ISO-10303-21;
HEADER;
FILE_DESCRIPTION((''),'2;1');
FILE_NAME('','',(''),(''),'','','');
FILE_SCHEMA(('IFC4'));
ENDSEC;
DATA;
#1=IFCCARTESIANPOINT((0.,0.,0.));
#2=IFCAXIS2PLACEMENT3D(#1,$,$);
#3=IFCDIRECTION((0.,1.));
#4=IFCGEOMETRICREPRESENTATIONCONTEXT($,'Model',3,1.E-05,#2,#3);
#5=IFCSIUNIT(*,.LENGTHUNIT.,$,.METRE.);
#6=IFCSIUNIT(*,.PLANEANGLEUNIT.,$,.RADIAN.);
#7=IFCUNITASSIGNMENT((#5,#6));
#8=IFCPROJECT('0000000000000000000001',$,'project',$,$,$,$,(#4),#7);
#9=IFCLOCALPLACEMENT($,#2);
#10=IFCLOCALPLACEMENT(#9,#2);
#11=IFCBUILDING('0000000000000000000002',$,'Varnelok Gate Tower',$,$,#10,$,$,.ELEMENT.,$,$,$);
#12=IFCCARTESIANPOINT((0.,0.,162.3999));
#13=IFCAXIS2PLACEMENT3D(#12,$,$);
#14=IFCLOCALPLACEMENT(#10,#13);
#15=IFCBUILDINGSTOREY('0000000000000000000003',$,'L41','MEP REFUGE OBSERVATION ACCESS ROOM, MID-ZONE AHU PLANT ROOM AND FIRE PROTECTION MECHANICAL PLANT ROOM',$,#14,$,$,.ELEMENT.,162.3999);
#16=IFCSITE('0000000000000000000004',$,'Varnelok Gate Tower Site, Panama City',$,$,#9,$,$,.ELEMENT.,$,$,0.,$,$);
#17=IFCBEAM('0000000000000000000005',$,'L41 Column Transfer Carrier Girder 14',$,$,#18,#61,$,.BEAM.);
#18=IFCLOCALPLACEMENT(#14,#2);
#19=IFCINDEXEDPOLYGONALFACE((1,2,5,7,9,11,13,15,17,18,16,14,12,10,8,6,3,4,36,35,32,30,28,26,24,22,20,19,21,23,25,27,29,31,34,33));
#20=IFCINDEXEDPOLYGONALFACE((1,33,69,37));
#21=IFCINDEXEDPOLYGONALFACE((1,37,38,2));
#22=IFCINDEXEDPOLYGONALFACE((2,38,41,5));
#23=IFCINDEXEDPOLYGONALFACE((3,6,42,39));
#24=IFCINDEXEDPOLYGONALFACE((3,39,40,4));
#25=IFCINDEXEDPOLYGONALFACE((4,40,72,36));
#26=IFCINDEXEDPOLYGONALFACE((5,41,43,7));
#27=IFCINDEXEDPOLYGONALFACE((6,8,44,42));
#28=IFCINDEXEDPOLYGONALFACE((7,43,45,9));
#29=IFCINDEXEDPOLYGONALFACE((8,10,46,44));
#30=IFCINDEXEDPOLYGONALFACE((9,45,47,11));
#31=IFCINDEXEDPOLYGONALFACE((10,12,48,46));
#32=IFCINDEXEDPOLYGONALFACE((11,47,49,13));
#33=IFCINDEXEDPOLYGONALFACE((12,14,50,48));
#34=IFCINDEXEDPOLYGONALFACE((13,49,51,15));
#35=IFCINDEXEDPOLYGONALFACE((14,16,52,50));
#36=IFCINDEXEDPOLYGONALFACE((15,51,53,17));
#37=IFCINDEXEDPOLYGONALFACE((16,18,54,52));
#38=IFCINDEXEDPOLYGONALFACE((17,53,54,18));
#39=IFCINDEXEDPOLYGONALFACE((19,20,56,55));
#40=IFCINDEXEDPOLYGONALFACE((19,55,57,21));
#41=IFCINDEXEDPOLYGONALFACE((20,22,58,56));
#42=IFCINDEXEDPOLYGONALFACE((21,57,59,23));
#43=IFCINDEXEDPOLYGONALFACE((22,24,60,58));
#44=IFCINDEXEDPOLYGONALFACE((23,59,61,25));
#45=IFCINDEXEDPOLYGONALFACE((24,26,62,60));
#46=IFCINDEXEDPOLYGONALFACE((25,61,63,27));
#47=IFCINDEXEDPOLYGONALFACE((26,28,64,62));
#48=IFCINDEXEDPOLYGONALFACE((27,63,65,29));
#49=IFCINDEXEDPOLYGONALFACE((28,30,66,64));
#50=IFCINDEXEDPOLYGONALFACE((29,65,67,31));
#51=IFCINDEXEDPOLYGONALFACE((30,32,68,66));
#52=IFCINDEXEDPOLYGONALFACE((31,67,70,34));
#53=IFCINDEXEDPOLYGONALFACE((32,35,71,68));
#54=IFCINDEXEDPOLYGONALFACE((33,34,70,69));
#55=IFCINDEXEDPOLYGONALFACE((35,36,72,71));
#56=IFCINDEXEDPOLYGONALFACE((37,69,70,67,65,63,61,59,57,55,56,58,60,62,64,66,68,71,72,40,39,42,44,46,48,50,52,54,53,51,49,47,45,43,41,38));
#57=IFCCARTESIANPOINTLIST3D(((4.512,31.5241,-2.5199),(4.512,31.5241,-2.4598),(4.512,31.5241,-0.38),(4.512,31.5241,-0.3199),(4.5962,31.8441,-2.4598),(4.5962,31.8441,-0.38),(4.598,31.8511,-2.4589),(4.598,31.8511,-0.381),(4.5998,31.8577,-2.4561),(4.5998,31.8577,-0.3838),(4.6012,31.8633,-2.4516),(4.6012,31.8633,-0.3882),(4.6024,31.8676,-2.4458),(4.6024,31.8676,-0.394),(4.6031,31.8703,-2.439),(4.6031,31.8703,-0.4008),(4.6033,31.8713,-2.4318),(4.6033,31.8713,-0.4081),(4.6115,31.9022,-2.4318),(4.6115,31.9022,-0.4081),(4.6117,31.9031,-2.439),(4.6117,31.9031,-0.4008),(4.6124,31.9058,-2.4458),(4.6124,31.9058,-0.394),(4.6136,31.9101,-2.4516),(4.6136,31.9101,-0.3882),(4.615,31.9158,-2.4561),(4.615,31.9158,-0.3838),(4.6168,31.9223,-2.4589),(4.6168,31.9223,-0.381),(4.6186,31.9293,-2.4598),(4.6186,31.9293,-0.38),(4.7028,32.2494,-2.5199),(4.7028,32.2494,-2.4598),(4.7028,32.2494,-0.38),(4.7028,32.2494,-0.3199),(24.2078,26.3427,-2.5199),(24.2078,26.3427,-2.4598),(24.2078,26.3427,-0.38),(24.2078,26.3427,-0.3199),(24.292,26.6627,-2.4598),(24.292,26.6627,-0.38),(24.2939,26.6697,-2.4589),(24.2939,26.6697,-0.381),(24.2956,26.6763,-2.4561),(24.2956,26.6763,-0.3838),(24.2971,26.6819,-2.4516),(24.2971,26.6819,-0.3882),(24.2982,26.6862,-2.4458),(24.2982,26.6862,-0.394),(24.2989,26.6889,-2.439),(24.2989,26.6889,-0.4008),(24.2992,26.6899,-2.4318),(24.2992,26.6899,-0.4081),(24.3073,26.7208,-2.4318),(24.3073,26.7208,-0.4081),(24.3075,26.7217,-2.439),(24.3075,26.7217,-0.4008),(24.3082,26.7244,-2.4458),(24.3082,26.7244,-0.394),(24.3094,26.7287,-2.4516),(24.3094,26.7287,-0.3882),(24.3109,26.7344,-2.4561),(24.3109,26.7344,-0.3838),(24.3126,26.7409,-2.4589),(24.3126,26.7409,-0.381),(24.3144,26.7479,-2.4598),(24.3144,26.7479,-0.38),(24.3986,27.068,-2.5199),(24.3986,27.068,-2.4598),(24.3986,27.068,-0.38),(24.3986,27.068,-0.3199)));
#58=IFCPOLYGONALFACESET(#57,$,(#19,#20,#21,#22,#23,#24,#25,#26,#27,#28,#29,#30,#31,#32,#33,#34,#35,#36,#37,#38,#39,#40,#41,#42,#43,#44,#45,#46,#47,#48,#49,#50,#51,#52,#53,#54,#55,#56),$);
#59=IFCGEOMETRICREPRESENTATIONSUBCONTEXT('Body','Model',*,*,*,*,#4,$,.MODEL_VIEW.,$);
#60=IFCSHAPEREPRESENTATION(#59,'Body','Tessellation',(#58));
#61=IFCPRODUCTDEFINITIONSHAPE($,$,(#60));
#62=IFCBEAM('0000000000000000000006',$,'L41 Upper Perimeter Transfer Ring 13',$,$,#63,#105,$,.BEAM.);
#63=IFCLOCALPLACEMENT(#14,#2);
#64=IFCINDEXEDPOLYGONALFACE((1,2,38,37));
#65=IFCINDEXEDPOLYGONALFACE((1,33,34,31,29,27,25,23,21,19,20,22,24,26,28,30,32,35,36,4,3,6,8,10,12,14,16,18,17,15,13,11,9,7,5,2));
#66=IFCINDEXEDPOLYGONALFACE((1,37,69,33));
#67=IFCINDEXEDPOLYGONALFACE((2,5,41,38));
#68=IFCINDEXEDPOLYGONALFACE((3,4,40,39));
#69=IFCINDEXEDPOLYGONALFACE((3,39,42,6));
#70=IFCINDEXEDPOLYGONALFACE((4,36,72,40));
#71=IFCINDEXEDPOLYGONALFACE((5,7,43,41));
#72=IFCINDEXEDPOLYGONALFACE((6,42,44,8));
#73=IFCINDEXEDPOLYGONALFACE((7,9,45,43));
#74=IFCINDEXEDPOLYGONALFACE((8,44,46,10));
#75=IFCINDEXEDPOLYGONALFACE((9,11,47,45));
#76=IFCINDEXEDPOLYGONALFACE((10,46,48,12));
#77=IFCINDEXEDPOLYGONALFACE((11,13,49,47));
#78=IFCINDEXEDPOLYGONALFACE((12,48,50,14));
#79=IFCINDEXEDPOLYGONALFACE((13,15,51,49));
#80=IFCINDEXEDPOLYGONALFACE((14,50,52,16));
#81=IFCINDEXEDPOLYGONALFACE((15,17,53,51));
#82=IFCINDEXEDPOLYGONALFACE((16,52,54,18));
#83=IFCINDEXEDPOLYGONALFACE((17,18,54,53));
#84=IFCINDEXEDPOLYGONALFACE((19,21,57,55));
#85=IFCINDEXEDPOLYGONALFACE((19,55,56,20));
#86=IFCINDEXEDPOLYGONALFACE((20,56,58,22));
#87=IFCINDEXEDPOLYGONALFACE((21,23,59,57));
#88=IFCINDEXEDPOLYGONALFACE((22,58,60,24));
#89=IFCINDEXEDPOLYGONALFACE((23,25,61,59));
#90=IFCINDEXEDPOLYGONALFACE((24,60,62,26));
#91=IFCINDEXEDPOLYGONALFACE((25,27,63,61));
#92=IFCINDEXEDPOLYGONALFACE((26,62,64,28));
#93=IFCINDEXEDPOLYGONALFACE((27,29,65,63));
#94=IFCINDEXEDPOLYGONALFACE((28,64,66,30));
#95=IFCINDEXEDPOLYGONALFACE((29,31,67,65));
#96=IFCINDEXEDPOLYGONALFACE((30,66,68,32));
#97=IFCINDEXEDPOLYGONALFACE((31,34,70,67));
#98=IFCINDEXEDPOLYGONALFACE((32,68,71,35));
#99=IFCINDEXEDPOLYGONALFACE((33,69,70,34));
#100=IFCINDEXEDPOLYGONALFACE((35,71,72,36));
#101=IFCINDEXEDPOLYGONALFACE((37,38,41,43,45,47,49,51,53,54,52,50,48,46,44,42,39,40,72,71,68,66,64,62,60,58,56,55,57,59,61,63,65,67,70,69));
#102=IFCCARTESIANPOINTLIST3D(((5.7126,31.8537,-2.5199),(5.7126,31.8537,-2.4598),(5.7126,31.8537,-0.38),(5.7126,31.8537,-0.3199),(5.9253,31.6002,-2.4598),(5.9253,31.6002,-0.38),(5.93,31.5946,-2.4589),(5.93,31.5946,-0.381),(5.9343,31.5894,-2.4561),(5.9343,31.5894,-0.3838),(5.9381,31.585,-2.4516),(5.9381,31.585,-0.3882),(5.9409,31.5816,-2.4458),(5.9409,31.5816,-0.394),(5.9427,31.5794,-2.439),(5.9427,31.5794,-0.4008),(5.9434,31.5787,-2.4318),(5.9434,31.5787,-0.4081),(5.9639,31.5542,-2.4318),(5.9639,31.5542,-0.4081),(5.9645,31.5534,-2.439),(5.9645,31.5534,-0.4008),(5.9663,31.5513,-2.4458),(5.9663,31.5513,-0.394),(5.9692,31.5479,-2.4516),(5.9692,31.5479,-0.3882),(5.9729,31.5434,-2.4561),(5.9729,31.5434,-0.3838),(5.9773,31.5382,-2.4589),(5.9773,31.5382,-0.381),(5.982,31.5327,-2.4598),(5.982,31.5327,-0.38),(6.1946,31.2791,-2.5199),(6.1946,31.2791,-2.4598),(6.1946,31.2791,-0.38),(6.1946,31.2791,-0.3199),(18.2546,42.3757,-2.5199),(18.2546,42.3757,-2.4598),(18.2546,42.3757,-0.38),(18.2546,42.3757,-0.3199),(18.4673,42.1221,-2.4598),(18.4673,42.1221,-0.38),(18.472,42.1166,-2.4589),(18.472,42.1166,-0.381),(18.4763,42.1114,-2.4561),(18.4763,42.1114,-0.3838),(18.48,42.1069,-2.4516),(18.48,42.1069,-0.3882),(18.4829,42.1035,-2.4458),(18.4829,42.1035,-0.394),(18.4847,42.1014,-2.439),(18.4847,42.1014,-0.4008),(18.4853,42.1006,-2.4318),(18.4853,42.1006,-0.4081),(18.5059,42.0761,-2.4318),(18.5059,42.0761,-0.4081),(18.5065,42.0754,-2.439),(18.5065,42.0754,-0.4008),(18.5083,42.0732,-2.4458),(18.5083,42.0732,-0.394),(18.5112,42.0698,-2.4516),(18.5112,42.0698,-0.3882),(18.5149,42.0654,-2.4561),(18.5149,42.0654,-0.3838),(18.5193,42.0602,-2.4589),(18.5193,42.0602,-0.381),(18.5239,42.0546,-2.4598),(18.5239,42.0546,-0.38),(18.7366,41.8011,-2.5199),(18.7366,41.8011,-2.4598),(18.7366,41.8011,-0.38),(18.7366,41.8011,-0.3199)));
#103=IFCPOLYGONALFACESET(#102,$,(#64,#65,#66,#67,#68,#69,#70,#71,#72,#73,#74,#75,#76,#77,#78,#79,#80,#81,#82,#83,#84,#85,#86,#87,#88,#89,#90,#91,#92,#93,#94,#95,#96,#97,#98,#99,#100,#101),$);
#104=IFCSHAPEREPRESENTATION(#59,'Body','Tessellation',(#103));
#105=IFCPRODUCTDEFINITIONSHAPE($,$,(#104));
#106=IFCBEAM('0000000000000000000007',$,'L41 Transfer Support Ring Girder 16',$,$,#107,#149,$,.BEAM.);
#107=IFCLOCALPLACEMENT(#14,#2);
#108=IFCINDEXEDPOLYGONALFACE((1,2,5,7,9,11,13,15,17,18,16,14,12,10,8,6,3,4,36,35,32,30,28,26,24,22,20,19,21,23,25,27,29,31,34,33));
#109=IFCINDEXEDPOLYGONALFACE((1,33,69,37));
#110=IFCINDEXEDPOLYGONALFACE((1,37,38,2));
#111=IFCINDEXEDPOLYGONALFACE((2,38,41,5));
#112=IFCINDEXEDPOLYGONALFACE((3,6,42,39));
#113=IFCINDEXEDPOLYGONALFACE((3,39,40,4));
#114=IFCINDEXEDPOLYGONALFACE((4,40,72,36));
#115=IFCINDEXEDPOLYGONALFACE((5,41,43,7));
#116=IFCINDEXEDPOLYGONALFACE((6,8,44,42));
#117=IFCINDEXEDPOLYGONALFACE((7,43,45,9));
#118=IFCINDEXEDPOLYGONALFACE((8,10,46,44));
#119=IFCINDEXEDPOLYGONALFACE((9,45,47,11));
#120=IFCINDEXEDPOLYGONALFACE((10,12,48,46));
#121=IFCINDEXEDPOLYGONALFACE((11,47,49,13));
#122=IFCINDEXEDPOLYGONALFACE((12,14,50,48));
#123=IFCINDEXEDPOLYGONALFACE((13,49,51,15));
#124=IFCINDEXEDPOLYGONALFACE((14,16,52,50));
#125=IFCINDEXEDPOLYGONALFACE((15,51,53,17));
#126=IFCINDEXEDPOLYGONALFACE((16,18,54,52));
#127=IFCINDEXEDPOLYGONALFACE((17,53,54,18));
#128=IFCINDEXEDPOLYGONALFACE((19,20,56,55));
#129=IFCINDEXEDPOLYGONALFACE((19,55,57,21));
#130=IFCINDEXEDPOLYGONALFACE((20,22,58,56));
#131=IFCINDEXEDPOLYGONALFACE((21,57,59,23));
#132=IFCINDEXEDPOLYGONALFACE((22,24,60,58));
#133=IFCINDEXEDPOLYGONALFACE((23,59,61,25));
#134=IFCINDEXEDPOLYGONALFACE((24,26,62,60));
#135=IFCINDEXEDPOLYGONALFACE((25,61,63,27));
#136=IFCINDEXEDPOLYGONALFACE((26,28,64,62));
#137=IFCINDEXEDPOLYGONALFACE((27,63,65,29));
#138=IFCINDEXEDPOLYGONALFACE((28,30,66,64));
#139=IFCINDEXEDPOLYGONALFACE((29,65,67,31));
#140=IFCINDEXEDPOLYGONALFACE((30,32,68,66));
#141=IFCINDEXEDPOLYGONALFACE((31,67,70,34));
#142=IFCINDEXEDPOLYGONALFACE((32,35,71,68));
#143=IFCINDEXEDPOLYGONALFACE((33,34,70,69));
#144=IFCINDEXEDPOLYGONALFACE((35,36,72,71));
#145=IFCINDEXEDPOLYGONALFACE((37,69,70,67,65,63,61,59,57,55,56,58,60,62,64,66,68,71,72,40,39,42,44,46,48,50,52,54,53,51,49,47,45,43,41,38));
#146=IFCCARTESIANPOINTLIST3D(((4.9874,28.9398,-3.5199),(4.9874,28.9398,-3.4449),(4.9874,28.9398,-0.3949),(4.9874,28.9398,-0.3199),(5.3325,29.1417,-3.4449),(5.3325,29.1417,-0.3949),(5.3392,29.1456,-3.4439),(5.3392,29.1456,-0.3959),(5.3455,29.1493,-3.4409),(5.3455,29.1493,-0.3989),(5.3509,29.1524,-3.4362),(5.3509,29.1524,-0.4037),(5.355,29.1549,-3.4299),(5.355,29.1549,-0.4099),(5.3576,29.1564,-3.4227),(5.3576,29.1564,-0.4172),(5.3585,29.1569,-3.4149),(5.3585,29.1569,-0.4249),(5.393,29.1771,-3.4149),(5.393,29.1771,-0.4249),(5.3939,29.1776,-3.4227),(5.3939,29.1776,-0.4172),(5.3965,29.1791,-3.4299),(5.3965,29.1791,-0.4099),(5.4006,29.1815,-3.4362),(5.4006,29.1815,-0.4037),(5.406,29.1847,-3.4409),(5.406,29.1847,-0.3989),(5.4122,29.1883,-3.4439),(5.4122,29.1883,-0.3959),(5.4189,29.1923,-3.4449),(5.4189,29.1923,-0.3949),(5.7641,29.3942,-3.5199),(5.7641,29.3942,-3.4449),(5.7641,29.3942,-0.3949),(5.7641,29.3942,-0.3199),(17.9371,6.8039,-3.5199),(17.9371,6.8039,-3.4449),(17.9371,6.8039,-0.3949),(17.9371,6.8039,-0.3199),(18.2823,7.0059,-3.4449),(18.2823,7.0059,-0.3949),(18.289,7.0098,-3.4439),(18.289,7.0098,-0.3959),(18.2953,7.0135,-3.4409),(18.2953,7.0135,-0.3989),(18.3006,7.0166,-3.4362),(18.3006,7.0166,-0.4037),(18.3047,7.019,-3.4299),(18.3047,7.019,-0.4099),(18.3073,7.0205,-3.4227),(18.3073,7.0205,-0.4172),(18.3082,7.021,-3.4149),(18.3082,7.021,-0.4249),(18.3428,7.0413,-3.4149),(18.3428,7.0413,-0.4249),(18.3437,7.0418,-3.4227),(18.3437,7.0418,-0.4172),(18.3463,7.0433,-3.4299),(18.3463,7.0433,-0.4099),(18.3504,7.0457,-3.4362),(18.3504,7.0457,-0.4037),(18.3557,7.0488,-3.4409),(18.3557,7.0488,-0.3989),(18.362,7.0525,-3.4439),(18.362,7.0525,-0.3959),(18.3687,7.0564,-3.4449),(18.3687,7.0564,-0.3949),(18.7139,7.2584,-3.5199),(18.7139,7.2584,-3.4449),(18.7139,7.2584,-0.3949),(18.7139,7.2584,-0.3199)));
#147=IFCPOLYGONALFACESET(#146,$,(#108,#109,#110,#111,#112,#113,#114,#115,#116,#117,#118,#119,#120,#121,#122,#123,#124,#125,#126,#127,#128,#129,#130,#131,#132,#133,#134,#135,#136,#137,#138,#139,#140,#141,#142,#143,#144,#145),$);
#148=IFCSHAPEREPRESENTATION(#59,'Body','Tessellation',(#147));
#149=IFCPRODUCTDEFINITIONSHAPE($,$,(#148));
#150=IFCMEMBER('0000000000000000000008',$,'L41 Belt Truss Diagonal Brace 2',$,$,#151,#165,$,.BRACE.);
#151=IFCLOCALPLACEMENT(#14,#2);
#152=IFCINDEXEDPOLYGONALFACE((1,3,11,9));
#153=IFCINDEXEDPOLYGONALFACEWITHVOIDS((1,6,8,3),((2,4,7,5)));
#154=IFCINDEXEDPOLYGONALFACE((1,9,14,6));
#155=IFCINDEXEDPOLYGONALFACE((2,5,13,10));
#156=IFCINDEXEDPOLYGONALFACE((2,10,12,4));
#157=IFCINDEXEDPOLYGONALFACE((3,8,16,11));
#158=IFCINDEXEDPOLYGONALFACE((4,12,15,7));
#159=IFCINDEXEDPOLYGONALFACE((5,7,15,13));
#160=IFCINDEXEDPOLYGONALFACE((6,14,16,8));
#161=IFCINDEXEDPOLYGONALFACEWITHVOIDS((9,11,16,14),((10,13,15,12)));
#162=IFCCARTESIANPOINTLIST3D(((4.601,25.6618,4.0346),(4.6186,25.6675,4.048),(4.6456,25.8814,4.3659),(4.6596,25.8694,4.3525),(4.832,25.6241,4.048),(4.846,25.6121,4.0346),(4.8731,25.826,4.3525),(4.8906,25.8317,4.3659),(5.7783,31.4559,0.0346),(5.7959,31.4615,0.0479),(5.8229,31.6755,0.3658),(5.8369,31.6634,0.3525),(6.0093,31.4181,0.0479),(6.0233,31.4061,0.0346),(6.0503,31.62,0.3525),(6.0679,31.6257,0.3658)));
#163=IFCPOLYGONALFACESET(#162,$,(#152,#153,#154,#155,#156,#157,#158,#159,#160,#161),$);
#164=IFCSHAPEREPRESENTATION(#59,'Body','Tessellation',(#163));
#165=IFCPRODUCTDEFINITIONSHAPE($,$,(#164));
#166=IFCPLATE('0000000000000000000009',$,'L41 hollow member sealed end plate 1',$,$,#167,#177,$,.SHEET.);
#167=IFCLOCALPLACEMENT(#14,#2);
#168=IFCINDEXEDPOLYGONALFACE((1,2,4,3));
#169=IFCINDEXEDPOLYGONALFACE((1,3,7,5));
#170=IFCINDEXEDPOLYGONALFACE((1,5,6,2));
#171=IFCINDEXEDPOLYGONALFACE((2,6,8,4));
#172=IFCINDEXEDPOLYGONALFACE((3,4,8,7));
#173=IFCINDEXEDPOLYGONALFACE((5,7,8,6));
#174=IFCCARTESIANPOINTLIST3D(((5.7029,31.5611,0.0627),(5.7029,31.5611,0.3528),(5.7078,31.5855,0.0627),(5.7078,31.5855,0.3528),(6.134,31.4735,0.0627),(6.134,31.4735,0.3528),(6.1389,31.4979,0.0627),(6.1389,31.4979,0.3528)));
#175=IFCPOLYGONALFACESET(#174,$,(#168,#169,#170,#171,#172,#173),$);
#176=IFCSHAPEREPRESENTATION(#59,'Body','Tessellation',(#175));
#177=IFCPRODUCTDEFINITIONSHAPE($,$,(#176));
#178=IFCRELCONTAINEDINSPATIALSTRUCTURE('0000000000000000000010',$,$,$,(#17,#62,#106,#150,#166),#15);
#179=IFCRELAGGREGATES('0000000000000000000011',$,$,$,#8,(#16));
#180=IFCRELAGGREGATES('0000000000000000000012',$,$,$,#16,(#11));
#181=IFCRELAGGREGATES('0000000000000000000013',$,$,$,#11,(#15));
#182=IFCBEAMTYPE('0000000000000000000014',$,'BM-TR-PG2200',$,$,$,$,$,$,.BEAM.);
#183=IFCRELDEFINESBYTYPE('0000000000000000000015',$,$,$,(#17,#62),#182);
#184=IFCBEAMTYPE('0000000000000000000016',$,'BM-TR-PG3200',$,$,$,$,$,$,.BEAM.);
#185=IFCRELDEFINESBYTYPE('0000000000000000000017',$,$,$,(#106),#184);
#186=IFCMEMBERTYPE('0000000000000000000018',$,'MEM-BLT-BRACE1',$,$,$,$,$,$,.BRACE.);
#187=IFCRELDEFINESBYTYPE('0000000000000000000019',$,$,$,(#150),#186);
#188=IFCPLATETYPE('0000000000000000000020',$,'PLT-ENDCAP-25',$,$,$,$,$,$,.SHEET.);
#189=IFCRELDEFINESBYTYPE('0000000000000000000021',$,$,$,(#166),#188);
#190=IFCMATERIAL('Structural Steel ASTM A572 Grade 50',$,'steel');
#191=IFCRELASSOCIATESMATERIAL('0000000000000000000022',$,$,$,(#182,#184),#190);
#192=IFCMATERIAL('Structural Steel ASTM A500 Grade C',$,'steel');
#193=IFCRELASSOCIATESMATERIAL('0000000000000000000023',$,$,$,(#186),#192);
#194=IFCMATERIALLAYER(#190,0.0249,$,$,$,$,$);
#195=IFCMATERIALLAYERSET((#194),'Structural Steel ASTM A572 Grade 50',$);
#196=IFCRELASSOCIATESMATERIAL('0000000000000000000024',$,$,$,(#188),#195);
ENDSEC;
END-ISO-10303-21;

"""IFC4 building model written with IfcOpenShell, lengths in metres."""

from ifc_helpers import new_model, si_unit, direction, frame, origin, origin_2d, place, context, subcontext, project, spatial, rectangle, hollow_rectangle, i_section, extrude, source, transform, mapped, material, layer, layer_set, material_profile, profile_set, type_object, element, save


model = new_model("IFC4")

# Units and contexts
model_context = context("Model", 3, precision=1e-05, world=origin(), true_north=direction((0.0, 1.0)))
body_context = subcontext(model_context, "Body", "Model", "MODEL_VIEW")
ifc_project = project(units=[si_unit("LENGTHUNIT", "METRE"), si_unit("PLANEANGLEUNIT", "RADIAN")], contexts=[model_context])

# Site, building, storey
site_placement = place(None, origin())
site = spatial("IfcSite", under=ifc_project, at=site_placement, Name="Varnelok Gate Tower Site, Panama City", CompositionType="ELEMENT", RefElevation=0.0)
building_placement = place(site_placement, origin())
building = spatial("IfcBuilding", under=site, at=building_placement, Name="Varnelok Gate Tower", CompositionType="ELEMENT")
storey_placement = place(building_placement, frame((0.0, 0.0, 162.3999)))
storey = spatial("IfcBuildingStorey", under=building, at=storey_placement, Name="L41", Description="MEP REFUGE OBSERVATION ACCESS ROOM, MID-ZONE AHU PLANT ROOM AND FIRE PROTECTION MECHANICAL PLANT ROOM", CompositionType="ELEMENT", Elevation=162.3999)

# Beams
ifc_material_1 = material(Name="Structural Steel ASTM A572 Grade 50", Category="steel")
ifc_material_profile_1 = material_profile(ifc_material_1, i_section(OverallWidth=0.75, OverallDepth=2.2, WebThickness=0.032, FlangeThickness=0.0601, FilletRadius=0.0281, at=origin_2d()), Name="PG2200X750")
ifc_profile_set_1 = profile_set([ifc_material_profile_1], Name="Structural Steel ASTM A572 Grade 50")
beam_type_1 = type_object("IfcBeamType", Name="BM-TR-PG2200", PredefinedType="BEAM", material=ifc_profile_set_1)
beam_1_placement = place(storey_placement, frame((24.3032, 26.7053, -1.4199), z_axis=(-0.967095, 0.254415, 0.0), x_axis=(-0.254415, -0.967095, 0.0)))
element("IfcBeam", 1, at=beam_1_placement, inside=storey, type_object=beam_type_1, Name="L41 Column Transfer Carrier Girder 14", PredefinedType="BEAM", context=body_context, shape_type="SweptSolid", body=[
    extrude(i_section(OverallWidth=0.75, OverallDepth=2.2, WebThickness=0.032, FlangeThickness=0.0601, FilletRadius=0.0281, at=origin_2d()), origin(), (0.0, 0.0, 1.0), 20.366),
])
beam_2_placement = place(storey_placement, frame((18.4956, 42.0884, -1.4199), z_axis=(-0.766105, -0.642716, 0.0), x_axis=(0.642716, -0.766105, 0.0)))
element("IfcBeam", 2, at=beam_2_placement, inside=storey, type_object=beam_type_1, Name="L41 Upper Perimeter Transfer Ring 13", PredefinedType="BEAM", context=body_context, shape_type="SweptSolid", body=[
    extrude(i_section(OverallWidth=0.75, OverallDepth=2.2, WebThickness=0.032, FlangeThickness=0.0601, FilletRadius=0.0281, at=origin_2d()), origin(), (0.0, 0.0, 1.0), 16.3711),
])
ifc_material_profile_2 = material_profile(ifc_material_1, i_section(OverallWidth=0.8999, OverallDepth=3.2, WebThickness=0.04, FlangeThickness=0.075, FilletRadius=0.03, at=origin_2d()), Name="PG3200X900")
ifc_profile_set_2 = profile_set([ifc_material_profile_2], Name="Structural Steel ASTM A572 Grade 50")
beam_type_2 = type_object("IfcBeamType", Name="BM-TR-PG3200", PredefinedType="BEAM", material=ifc_profile_set_2)
beam_3_placement = place(storey_placement, frame((5.3757, 29.167, -1.9199), z_axis=(0.504953, -0.863147, 0.0), x_axis=(0.863147, 0.504953, 0.0)))
element("IfcBeam", 3, at=beam_3_placement, inside=storey, type_object=beam_type_2, Name="L41 Transfer Support Ring Girder 16", PredefinedType="BEAM", context=body_context, shape_type="SweptSolid", body=[
    extrude(i_section(OverallWidth=0.8999, OverallDepth=3.2, WebThickness=0.04, FlangeThickness=0.075, FilletRadius=0.03, at=origin_2d()), origin(), (0.0, 0.0, 1.0), 25.6455),
])

# Member
ifc_material_2 = material(Name="Structural Steel ASTM A500 Grade C", Category="steel")
ifc_material_profile_3 = material_profile(ifc_material_2, hollow_rectangle(XDim=0.25, YDim=0.3999, WallThickness=0.0161, at=origin_2d()), Name="HSS400X250X16")
ifc_profile_set_3 = profile_set([ifc_material_profile_3], Name="Structural Steel ASTM A500 Grade C")
member_type = type_object("IfcMemberType", Name="MEM-BLT-BRACE1", PredefinedType="BRACE", material=ifc_profile_set_3)
member_placement = place(storey_placement, frame((5.9231, 31.5408, 0.2002), z_axis=(-0.164919, -0.811667, 0.560355), x_axis=(0.979976, -0.199117, 0.0)))
element("IfcMember", 4, at=member_placement, inside=storey, type_object=member_type, Name="L41 Belt Truss Diagonal Brace 2", PredefinedType="BRACE", context=body_context, shape_type="SweptSolid", body=[
    extrude(hollow_rectangle(XDim=0.25, YDim=0.3999, WallThickness=0.0161, at=origin_2d()), origin(), (0.0, 0.0, 1.0), 7.1384),
])

# Plate
ifc_layer_1 = layer(ifc_material_1, 0.0249)
ifc_layer_set_1 = layer_set([ifc_layer_1], Name="Structural Steel ASTM A572 Grade 50")
plate_type = type_object("IfcPlateType", Name="PLT-ENDCAP-25", PredefinedType="SHEET", material=ifc_layer_set_1)
shared_shape = source(origin(), body_context, "Body", "SweptSolid", [
    extrude(rectangle(XDim=0.0249, YDim=0.4399, at=origin_2d()), origin(), (0.0, 0.0, 1.0), 0.29),
])
plate_placement = place(storey_placement, frame((5.9209, 31.5295, 0.0627), z_axis=(0.0, 0.0, 1.0), x_axis=(-0.199128, -0.979973, 0.0)))
element("IfcPlate", 5, at=plate_placement, inside=storey, type_object=plate_type, Name="L41 hollow member sealed end plate 1", PredefinedType="SHEET", context=body_context, shape_type="MappedRepresentation", body=[
    mapped(shared_shape, transform((0.0, 0.0, 0.0), scale=1.0)),
])

save(model, "model.ifc")
